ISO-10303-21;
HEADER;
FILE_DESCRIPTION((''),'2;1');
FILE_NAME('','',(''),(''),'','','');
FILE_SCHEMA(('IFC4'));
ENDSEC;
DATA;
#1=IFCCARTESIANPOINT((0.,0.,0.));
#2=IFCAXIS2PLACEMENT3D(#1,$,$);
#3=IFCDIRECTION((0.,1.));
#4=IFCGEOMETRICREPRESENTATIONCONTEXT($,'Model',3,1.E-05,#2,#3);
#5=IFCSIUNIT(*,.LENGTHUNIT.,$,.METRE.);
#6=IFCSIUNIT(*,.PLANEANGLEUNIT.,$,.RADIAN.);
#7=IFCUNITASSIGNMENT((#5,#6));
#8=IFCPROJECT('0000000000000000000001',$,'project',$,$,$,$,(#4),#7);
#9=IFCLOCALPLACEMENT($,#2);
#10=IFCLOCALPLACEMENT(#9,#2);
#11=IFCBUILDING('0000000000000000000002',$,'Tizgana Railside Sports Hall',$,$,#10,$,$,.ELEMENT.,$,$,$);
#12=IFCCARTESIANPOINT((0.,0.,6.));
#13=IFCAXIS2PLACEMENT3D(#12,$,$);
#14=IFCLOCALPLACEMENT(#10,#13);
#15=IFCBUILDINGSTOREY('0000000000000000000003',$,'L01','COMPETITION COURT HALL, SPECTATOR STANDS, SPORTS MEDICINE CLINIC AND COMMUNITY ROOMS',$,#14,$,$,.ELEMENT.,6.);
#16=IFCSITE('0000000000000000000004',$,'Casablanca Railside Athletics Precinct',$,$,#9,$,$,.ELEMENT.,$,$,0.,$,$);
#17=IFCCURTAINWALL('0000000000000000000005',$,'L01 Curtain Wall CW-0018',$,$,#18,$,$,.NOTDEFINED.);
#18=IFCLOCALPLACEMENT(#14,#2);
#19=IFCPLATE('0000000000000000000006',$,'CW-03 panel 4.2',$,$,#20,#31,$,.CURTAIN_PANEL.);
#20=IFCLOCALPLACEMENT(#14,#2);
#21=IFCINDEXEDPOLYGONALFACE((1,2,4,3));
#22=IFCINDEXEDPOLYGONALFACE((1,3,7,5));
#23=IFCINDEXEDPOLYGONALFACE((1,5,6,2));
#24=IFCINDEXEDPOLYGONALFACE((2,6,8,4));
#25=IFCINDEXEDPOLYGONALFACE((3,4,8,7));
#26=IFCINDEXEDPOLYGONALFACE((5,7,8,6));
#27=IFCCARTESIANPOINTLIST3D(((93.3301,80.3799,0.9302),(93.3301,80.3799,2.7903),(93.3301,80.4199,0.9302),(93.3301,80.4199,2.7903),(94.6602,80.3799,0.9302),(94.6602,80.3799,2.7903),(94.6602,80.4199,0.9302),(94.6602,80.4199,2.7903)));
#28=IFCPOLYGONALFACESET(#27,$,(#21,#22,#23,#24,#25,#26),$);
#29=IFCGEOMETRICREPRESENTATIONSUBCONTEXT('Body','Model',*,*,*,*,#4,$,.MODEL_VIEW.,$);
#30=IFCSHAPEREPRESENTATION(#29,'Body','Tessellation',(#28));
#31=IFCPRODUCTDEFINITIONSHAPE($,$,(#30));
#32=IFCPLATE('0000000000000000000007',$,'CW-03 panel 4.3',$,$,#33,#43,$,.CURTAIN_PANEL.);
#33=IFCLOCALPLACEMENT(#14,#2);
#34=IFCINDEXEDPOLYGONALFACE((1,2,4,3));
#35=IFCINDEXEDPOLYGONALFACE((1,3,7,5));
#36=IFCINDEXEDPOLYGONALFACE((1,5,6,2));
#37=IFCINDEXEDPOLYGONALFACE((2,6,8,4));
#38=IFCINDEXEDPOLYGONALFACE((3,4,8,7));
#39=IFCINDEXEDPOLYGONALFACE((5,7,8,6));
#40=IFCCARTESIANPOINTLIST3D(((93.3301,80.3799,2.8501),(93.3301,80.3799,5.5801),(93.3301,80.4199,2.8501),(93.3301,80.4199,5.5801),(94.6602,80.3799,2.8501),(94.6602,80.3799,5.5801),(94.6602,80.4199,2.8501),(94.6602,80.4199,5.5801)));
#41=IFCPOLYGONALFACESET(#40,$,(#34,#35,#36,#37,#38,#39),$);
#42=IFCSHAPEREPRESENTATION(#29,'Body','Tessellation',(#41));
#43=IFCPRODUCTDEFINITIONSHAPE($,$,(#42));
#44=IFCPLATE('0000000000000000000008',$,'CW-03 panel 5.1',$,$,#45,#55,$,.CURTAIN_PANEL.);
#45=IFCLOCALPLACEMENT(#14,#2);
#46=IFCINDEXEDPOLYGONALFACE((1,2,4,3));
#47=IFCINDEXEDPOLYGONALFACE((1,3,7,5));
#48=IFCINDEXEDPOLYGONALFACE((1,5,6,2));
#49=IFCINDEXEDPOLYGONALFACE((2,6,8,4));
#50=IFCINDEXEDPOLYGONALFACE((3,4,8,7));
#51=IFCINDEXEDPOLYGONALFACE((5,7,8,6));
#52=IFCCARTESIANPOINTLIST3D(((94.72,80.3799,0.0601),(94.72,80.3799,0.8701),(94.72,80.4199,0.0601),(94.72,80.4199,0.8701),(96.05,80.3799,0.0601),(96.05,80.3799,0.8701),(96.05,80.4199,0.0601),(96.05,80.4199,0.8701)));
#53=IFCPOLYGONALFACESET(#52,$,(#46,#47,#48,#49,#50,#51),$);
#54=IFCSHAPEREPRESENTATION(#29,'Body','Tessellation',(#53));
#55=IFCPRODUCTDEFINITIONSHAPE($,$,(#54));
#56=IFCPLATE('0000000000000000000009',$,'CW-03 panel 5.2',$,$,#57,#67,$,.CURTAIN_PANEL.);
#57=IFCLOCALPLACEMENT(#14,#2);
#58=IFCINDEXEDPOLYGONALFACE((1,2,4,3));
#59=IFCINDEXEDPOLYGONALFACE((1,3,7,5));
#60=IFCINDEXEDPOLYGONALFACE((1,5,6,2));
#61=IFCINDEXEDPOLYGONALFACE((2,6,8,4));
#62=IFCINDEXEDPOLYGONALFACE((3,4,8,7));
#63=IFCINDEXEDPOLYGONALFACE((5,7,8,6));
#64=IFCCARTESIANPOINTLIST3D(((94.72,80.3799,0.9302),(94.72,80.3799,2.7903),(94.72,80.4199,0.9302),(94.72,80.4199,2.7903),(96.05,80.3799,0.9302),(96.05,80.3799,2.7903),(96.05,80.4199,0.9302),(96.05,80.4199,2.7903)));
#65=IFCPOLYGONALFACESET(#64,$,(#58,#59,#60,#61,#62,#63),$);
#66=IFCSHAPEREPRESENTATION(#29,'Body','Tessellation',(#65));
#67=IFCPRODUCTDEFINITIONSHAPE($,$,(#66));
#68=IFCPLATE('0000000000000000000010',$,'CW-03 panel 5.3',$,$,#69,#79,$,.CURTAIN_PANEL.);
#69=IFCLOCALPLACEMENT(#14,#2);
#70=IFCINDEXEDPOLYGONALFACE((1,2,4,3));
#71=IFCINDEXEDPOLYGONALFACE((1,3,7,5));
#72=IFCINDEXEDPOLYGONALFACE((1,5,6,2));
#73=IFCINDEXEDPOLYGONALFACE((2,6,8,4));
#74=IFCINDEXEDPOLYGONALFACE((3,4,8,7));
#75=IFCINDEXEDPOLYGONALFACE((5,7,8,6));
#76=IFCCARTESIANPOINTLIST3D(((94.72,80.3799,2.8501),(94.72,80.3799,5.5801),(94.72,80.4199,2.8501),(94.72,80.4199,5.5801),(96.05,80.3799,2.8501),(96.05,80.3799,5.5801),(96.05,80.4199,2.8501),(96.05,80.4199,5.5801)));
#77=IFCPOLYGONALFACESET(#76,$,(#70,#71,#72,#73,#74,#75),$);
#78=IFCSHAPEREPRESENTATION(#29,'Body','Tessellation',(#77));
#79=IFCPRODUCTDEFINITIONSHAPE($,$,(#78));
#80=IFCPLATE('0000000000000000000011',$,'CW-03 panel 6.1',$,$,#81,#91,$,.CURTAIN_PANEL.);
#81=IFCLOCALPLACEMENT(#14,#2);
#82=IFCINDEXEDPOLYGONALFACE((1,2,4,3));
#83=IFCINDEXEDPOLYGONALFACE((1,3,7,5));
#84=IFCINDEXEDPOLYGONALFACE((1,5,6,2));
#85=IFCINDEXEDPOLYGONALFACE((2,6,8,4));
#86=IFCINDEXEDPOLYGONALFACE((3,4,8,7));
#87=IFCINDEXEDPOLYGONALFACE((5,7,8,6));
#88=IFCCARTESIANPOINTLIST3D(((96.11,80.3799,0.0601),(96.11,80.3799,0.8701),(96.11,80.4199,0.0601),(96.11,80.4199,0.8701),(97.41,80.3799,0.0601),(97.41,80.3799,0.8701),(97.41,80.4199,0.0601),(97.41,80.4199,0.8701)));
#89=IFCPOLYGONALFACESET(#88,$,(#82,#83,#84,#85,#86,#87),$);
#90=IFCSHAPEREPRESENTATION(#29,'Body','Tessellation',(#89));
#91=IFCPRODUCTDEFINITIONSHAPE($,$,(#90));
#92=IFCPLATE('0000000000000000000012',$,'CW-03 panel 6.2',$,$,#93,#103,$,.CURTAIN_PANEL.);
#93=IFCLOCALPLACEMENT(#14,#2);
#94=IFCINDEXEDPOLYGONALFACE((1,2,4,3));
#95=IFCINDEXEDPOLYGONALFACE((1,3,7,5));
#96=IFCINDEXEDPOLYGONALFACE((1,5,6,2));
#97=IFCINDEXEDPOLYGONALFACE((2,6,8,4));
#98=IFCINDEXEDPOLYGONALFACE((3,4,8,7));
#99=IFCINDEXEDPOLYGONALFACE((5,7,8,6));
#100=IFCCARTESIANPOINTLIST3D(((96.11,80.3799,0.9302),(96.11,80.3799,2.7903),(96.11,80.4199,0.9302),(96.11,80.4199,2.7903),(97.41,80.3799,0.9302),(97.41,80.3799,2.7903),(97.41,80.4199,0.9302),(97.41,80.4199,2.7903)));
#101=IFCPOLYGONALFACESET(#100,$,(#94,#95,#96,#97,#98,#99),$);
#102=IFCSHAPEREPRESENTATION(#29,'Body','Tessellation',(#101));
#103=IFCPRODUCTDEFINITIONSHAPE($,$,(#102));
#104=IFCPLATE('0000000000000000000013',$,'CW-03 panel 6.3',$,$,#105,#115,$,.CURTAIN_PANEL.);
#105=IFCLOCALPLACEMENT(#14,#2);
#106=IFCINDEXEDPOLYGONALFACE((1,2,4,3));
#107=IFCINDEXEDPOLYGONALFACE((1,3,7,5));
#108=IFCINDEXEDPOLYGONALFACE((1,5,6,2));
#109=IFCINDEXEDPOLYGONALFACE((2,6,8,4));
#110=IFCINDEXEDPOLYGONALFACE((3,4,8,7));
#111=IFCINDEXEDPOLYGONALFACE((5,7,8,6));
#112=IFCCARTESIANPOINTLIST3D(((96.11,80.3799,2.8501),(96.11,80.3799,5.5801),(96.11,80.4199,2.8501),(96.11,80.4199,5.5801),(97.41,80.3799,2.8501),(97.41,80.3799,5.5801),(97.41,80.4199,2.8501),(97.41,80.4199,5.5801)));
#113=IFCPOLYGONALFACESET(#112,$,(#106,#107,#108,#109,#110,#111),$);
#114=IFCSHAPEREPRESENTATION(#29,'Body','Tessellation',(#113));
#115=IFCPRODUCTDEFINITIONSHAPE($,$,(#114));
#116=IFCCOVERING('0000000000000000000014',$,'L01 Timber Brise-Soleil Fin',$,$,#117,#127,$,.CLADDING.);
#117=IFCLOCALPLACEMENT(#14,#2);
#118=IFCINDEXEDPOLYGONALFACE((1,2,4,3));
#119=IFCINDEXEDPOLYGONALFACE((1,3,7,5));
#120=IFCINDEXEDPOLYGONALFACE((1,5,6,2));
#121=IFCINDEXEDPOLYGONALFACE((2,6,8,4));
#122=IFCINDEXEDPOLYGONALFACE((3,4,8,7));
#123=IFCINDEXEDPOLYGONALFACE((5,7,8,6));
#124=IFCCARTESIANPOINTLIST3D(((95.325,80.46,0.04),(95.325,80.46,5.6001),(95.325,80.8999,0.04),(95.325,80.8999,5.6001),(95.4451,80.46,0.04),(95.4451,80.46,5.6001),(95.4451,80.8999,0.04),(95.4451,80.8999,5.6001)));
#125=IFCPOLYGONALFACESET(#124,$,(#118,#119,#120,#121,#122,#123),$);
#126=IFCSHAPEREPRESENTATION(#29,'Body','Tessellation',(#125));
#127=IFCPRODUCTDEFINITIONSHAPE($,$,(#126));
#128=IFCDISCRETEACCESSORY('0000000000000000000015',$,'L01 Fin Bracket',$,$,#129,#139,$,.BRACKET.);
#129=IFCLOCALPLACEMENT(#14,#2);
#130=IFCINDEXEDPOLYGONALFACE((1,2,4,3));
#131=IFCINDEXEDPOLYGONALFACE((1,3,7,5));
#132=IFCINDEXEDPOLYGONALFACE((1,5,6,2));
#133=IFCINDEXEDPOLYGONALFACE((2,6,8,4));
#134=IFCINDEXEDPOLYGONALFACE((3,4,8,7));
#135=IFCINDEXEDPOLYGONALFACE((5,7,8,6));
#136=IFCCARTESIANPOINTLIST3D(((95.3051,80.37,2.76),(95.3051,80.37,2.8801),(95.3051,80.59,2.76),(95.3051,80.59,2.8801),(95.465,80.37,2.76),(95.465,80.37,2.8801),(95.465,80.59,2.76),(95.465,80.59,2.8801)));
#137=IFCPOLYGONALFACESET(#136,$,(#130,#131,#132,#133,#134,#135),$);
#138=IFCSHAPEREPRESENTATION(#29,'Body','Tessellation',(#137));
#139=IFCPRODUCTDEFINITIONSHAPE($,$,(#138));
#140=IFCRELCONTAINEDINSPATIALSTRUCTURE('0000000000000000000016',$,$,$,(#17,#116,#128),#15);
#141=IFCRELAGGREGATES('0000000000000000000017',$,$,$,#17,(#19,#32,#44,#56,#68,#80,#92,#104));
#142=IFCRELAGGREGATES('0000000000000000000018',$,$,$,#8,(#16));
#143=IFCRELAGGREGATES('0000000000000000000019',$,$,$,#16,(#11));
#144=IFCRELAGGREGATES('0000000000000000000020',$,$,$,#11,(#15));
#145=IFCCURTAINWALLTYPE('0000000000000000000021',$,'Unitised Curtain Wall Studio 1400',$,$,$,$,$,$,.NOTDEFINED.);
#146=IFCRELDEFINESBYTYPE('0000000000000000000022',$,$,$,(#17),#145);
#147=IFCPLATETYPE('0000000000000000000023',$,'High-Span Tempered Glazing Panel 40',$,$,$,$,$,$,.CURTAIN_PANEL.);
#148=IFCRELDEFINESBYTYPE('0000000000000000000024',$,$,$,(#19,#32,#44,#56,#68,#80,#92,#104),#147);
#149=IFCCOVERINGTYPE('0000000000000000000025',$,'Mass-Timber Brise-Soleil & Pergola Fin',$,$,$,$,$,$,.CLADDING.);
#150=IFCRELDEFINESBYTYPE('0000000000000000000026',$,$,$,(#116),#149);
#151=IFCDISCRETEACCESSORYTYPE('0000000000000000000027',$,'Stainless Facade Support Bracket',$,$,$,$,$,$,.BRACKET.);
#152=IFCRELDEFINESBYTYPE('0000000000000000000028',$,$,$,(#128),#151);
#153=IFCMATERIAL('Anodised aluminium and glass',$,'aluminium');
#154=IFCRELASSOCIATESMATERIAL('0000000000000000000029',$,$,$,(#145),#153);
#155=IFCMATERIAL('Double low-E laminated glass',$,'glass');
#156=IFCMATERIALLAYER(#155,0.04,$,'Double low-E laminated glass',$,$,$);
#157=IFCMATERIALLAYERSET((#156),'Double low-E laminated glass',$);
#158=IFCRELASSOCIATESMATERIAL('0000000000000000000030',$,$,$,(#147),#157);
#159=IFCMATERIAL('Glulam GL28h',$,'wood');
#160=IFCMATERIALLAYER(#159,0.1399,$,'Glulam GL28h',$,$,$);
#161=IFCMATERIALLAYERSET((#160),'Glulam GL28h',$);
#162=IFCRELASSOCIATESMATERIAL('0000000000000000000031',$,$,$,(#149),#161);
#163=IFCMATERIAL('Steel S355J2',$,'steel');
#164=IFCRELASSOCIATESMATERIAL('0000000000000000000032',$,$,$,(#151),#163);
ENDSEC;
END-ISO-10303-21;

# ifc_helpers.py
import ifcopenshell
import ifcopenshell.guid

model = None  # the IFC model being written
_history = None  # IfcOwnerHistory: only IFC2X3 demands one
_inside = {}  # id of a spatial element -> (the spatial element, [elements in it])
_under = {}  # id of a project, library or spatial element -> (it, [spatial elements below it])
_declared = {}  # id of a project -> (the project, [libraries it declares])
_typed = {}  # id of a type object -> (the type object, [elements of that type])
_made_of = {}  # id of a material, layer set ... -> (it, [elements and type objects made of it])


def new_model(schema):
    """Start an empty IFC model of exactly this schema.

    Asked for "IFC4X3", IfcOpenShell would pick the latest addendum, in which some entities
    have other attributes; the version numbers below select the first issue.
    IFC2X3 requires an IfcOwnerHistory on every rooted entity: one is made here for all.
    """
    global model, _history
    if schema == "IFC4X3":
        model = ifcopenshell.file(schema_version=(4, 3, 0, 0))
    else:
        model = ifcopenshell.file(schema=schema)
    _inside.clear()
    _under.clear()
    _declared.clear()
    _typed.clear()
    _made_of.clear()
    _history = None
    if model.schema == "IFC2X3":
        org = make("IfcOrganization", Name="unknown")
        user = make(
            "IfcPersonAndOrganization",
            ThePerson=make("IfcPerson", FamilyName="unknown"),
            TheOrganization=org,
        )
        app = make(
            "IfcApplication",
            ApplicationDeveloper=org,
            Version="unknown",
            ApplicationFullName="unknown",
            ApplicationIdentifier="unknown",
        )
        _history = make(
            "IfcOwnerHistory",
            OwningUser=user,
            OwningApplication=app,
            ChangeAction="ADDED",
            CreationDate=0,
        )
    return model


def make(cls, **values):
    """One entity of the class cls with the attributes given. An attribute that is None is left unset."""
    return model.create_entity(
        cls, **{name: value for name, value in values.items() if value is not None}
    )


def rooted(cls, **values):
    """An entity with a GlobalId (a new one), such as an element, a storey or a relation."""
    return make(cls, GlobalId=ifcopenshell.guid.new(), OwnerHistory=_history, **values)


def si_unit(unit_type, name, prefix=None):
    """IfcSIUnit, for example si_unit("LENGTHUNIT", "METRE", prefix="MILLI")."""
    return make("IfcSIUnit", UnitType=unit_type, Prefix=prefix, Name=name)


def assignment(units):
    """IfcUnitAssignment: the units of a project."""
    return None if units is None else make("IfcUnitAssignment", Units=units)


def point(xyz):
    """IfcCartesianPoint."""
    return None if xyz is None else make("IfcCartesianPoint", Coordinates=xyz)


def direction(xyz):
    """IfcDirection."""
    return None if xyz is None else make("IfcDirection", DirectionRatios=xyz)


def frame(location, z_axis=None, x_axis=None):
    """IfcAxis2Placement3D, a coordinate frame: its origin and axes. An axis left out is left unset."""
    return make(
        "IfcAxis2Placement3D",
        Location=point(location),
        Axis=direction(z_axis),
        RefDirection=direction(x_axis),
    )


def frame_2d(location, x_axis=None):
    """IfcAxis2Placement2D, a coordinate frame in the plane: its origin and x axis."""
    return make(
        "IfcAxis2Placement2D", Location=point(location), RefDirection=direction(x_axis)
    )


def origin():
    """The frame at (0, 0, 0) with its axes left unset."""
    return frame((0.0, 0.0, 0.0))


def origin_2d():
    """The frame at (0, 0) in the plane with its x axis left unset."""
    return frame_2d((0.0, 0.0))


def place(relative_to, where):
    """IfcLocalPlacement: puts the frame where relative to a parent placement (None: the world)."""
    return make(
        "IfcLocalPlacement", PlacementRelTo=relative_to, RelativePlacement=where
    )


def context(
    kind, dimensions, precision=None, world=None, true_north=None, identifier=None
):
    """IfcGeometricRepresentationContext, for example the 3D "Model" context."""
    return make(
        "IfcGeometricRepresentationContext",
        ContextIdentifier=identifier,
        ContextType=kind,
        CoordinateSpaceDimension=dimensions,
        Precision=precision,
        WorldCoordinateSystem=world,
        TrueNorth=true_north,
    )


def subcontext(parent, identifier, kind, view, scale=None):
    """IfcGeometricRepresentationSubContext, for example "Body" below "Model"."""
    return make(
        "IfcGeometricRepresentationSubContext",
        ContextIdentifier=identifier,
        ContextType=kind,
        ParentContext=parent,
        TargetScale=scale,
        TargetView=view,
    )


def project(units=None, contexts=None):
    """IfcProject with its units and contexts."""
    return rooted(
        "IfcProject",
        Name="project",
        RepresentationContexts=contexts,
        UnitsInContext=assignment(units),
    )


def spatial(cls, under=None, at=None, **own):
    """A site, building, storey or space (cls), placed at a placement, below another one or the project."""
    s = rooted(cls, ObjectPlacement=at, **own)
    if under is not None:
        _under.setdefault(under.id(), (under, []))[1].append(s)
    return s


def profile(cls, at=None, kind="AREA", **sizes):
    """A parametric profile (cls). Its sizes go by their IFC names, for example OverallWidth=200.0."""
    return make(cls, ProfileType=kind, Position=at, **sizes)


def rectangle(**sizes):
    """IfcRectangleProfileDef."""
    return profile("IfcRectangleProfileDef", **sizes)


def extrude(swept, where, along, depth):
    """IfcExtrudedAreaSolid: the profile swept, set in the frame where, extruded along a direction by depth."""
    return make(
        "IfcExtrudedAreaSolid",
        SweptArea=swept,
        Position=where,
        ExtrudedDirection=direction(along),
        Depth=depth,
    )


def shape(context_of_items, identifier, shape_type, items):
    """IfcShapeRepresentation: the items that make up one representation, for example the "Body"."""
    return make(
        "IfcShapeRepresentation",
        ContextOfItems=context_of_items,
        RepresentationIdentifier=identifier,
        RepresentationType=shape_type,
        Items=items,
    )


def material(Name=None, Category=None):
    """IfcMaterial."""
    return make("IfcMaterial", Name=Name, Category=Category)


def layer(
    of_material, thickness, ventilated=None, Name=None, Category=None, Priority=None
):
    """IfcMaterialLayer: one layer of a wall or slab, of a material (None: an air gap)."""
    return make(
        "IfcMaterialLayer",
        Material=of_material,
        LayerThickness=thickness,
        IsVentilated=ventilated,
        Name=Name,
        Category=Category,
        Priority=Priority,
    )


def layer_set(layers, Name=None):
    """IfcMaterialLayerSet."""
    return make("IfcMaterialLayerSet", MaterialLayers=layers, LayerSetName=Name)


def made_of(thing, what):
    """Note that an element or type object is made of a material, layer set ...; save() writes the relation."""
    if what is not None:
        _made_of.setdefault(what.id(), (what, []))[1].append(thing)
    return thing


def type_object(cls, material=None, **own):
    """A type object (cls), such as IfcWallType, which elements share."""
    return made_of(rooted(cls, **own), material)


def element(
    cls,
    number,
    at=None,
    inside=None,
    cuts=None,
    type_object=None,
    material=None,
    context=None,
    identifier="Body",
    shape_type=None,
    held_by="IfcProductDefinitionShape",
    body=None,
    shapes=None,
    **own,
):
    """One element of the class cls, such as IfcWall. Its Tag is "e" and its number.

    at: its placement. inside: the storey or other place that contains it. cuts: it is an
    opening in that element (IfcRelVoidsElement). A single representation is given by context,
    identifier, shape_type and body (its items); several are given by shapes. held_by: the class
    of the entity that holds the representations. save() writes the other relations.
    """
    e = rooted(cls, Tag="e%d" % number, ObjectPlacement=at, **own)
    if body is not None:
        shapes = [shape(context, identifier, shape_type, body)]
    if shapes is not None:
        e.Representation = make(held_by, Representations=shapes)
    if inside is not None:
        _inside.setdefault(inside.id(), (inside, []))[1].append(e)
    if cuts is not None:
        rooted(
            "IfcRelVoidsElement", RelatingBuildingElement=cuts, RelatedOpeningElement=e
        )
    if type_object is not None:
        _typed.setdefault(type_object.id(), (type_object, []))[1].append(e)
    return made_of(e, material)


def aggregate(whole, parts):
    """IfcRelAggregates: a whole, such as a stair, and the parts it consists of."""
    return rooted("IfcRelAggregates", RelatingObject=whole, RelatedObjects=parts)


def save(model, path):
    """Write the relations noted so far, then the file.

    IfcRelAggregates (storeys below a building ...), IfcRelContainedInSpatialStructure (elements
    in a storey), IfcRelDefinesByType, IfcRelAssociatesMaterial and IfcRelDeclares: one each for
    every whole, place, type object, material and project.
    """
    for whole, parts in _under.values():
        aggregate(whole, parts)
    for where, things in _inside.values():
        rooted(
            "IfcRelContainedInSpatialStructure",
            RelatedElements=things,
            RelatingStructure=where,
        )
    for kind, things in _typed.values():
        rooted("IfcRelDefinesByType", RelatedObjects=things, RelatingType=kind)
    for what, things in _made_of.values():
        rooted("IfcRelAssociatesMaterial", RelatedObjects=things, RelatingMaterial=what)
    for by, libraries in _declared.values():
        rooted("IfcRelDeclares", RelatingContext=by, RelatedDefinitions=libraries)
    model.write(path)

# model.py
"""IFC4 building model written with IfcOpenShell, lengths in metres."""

from ifc_helpers import new_model, si_unit, direction, frame, origin, origin_2d, place, context, subcontext, project, spatial, rectangle, extrude, material, layer, layer_set, type_object, element, aggregate, save


model = new_model("IFC4")

# Units and contexts
model_context = context("Model", 3, precision=1e-05, world=origin(), true_north=direction((0.0, 1.0)))
body_context = subcontext(model_context, "Body", "Model", "MODEL_VIEW")
ifc_project = project(units=[si_unit("LENGTHUNIT", "METRE"), si_unit("PLANEANGLEUNIT", "RADIAN")], contexts=[model_context])

# Site, building, storey
site_placement = place(None, origin())
site = spatial("IfcSite", under=ifc_project, at=site_placement, Name="Casablanca Railside Athletics Precinct", CompositionType="ELEMENT", RefElevation=0.0)
building_placement = place(site_placement, origin())
building = spatial("IfcBuilding", under=site, at=building_placement, Name="Tizgana Railside Sports Hall", CompositionType="ELEMENT")
storey_placement = place(building_placement, frame((0.0, 0.0, 6.0)))
storey = spatial("IfcBuildingStorey", under=building, at=storey_placement, Name="L01", Description="COMPETITION COURT HALL, SPECTATOR STANDS, SPORTS MEDICINE CLINIC AND COMMUNITY ROOMS", CompositionType="ELEMENT", Elevation=6.0)

# Curtain wall
ifc_material_1 = material(Name="Anodised aluminium and glass", Category="aluminium")
curtain_wall_type_1 = type_object("IfcCurtainWallType", Name="Unitised Curtain Wall Studio 1400", PredefinedType="NOTDEFINED", material=ifc_material_1)
curtain_wall_1_placement = place(storey_placement, origin())
curtain_wall_1 = element("IfcCurtainWall", 1, at=curtain_wall_1_placement, inside=storey, type_object=curtain_wall_type_1, Name="L01 Curtain Wall CW-0018", PredefinedType="NOTDEFINED")

# Shared definitions
ifc_material_2 = material(Name="Steel S355J2", Category="steel")

# Plates
ifc_material_3 = material(Name="Double low-E laminated glass", Category="glass")
ifc_layer_1 = layer(ifc_material_3, 0.04, Name="Double low-E laminated glass")
ifc_layer_set_1 = layer_set([ifc_layer_1], Name="Double low-E laminated glass")
plate_type_1 = type_object("IfcPlateType", Name="High-Span Tempered Glazing Panel 40", PredefinedType="CURTAIN_PANEL", material=ifc_layer_set_1)
plate_1_placement = place(storey_placement, frame((93.9951, 80.3999, 0.9302), z_axis=(0.0, 0.0, 1.0), x_axis=(1.0, 0.0, 0.0)))
plate_1 = element("IfcPlate", 2, at=plate_1_placement, type_object=plate_type_1, Name="CW-03 panel 4.2", PredefinedType="CURTAIN_PANEL", context=body_context, shape_type="SweptSolid", body=[
    extrude(rectangle(XDim=1.3301, YDim=0.04, at=origin_2d()), origin(), (0.0, 0.0, 1.0), 1.8601),
])
plate_2_placement = place(storey_placement, frame((93.9951, 80.3999, 2.8501), z_axis=(0.0, 0.0, 1.0), x_axis=(1.0, 0.0, 0.0)))
plate_2 = element("IfcPlate", 3, at=plate_2_placement, type_object=plate_type_1, Name="CW-03 panel 4.3", PredefinedType="CURTAIN_PANEL", context=body_context, shape_type="SweptSolid", body=[
    extrude(rectangle(XDim=1.3301, YDim=0.04, at=origin_2d()), origin(), (0.0, 0.0, 1.0), 2.73),
])
plate_3_placement = place(storey_placement, frame((95.385, 80.3999, 0.0601), z_axis=(0.0, 0.0, 1.0), x_axis=(1.0, 0.0, 0.0)))
plate_3 = element("IfcPlate", 4, at=plate_3_placement, type_object=plate_type_1, Name="CW-03 panel 5.1", PredefinedType="CURTAIN_PANEL", context=body_context, shape_type="SweptSolid", body=[
    extrude(rectangle(XDim=1.3301, YDim=0.04, at=origin_2d()), origin(), (0.0, 0.0, 1.0), 0.8101),
])
plate_4_placement = place(storey_placement, frame((95.385, 80.3999, 0.9302), z_axis=(0.0, 0.0, 1.0), x_axis=(1.0, 0.0, 0.0)))
plate_4 = element("IfcPlate", 5, at=plate_4_placement, type_object=plate_type_1, Name="CW-03 panel 5.2", PredefinedType="CURTAIN_PANEL", context=body_context, shape_type="SweptSolid", body=[
    extrude(rectangle(XDim=1.3301, YDim=0.04, at=origin_2d()), origin(), (0.0, 0.0, 1.0), 1.8601),
])
plate_5_placement = place(storey_placement, frame((95.385, 80.3999, 2.8501), z_axis=(0.0, 0.0, 1.0), x_axis=(1.0, 0.0, 0.0)))
plate_5 = element("IfcPlate", 6, at=plate_5_placement, type_object=plate_type_1, Name="CW-03 panel 5.3", PredefinedType="CURTAIN_PANEL", context=body_context, shape_type="SweptSolid", body=[
    extrude(rectangle(XDim=1.3301, YDim=0.04, at=origin_2d()), origin(), (0.0, 0.0, 1.0), 2.73),
])
plate_6_placement = place(storey_placement, frame((96.76, 80.3999, 0.0601), z_axis=(0.0, 0.0, 1.0), x_axis=(1.0, 0.0, 0.0)))
plate_6 = element("IfcPlate", 7, at=plate_6_placement, type_object=plate_type_1, Name="CW-03 panel 6.1", PredefinedType="CURTAIN_PANEL", context=body_context, shape_type="SweptSolid", body=[
    extrude(rectangle(XDim=1.3, YDim=0.04, at=origin_2d()), origin(), (0.0, 0.0, 1.0), 0.8101),
])
plate_7_placement = place(storey_placement, frame((96.76, 80.3999, 0.9302), z_axis=(0.0, 0.0, 1.0), x_axis=(1.0, 0.0, 0.0)))
plate_7 = element("IfcPlate", 8, at=plate_7_placement, type_object=plate_type_1, Name="CW-03 panel 6.2", PredefinedType="CURTAIN_PANEL", context=body_context, shape_type="SweptSolid", body=[
    extrude(rectangle(XDim=1.3, YDim=0.04, at=origin_2d()), origin(), (0.0, 0.0, 1.0), 1.8601),
])
plate_8_placement = place(storey_placement, frame((96.76, 80.3999, 2.8501), z_axis=(0.0, 0.0, 1.0), x_axis=(1.0, 0.0, 0.0)))
plate_8 = element("IfcPlate", 9, at=plate_8_placement, type_object=plate_type_1, Name="CW-03 panel 6.3", PredefinedType="CURTAIN_PANEL", context=body_context, shape_type="SweptSolid", body=[
    extrude(rectangle(XDim=1.3, YDim=0.04, at=origin_2d()), origin(), (0.0, 0.0, 1.0), 2.73),
])
aggregate(curtain_wall_1, [plate_1, plate_2, plate_3, plate_4, plate_5, plate_6, plate_7, plate_8])

# Covering
ifc_material_4 = material(Name="Glulam GL28h", Category="wood")
ifc_layer_2 = layer(ifc_material_4, 0.1399, Name="Glulam GL28h")
ifc_layer_set_2 = layer_set([ifc_layer_2], Name="Glulam GL28h")
covering_type = type_object("IfcCoveringType", Name="Mass-Timber Brise-Soleil & Pergola Fin", PredefinedType="CLADDING", material=ifc_layer_set_2)
covering_placement = place(storey_placement, frame((95.385, 80.6799, 0.04), z_axis=(0.0, 0.0, 1.0), x_axis=(1.0, 0.0, 0.0)))
element("IfcCovering", 10, at=covering_placement, inside=storey, type_object=covering_type, Name="L01 Timber Brise-Soleil Fin", PredefinedType="CLADDING", context=body_context, shape_type="SweptSolid", body=[
    extrude(rectangle(XDim=0.1201, YDim=0.4399, at=origin_2d()), origin(), (0.0, 0.0, 1.0), 5.5601),
])

# Discrete accessory
discrete_accessory_type = type_object("IfcDiscreteAccessoryType", Name="Stainless Facade Support Bracket", PredefinedType="BRACKET", material=ifc_material_2)
discrete_accessory_placement = place(storey_placement, frame((95.385, 80.48, 2.76), z_axis=(0.0, 0.0, 1.0), x_axis=(1.0, 0.0, 0.0)))
element("IfcDiscreteAccessory", 11, at=discrete_accessory_placement, inside=storey, type_object=discrete_accessory_type, Name="L01 Fin Bracket", PredefinedType="BRACKET", context=body_context, shape_type="SweptSolid", body=[
    extrude(rectangle(XDim=0.1599, YDim=0.22, at=origin_2d()), origin(), (0.0, 0.0, 1.0), 0.1201),
])

save(model, "model.ifc")
